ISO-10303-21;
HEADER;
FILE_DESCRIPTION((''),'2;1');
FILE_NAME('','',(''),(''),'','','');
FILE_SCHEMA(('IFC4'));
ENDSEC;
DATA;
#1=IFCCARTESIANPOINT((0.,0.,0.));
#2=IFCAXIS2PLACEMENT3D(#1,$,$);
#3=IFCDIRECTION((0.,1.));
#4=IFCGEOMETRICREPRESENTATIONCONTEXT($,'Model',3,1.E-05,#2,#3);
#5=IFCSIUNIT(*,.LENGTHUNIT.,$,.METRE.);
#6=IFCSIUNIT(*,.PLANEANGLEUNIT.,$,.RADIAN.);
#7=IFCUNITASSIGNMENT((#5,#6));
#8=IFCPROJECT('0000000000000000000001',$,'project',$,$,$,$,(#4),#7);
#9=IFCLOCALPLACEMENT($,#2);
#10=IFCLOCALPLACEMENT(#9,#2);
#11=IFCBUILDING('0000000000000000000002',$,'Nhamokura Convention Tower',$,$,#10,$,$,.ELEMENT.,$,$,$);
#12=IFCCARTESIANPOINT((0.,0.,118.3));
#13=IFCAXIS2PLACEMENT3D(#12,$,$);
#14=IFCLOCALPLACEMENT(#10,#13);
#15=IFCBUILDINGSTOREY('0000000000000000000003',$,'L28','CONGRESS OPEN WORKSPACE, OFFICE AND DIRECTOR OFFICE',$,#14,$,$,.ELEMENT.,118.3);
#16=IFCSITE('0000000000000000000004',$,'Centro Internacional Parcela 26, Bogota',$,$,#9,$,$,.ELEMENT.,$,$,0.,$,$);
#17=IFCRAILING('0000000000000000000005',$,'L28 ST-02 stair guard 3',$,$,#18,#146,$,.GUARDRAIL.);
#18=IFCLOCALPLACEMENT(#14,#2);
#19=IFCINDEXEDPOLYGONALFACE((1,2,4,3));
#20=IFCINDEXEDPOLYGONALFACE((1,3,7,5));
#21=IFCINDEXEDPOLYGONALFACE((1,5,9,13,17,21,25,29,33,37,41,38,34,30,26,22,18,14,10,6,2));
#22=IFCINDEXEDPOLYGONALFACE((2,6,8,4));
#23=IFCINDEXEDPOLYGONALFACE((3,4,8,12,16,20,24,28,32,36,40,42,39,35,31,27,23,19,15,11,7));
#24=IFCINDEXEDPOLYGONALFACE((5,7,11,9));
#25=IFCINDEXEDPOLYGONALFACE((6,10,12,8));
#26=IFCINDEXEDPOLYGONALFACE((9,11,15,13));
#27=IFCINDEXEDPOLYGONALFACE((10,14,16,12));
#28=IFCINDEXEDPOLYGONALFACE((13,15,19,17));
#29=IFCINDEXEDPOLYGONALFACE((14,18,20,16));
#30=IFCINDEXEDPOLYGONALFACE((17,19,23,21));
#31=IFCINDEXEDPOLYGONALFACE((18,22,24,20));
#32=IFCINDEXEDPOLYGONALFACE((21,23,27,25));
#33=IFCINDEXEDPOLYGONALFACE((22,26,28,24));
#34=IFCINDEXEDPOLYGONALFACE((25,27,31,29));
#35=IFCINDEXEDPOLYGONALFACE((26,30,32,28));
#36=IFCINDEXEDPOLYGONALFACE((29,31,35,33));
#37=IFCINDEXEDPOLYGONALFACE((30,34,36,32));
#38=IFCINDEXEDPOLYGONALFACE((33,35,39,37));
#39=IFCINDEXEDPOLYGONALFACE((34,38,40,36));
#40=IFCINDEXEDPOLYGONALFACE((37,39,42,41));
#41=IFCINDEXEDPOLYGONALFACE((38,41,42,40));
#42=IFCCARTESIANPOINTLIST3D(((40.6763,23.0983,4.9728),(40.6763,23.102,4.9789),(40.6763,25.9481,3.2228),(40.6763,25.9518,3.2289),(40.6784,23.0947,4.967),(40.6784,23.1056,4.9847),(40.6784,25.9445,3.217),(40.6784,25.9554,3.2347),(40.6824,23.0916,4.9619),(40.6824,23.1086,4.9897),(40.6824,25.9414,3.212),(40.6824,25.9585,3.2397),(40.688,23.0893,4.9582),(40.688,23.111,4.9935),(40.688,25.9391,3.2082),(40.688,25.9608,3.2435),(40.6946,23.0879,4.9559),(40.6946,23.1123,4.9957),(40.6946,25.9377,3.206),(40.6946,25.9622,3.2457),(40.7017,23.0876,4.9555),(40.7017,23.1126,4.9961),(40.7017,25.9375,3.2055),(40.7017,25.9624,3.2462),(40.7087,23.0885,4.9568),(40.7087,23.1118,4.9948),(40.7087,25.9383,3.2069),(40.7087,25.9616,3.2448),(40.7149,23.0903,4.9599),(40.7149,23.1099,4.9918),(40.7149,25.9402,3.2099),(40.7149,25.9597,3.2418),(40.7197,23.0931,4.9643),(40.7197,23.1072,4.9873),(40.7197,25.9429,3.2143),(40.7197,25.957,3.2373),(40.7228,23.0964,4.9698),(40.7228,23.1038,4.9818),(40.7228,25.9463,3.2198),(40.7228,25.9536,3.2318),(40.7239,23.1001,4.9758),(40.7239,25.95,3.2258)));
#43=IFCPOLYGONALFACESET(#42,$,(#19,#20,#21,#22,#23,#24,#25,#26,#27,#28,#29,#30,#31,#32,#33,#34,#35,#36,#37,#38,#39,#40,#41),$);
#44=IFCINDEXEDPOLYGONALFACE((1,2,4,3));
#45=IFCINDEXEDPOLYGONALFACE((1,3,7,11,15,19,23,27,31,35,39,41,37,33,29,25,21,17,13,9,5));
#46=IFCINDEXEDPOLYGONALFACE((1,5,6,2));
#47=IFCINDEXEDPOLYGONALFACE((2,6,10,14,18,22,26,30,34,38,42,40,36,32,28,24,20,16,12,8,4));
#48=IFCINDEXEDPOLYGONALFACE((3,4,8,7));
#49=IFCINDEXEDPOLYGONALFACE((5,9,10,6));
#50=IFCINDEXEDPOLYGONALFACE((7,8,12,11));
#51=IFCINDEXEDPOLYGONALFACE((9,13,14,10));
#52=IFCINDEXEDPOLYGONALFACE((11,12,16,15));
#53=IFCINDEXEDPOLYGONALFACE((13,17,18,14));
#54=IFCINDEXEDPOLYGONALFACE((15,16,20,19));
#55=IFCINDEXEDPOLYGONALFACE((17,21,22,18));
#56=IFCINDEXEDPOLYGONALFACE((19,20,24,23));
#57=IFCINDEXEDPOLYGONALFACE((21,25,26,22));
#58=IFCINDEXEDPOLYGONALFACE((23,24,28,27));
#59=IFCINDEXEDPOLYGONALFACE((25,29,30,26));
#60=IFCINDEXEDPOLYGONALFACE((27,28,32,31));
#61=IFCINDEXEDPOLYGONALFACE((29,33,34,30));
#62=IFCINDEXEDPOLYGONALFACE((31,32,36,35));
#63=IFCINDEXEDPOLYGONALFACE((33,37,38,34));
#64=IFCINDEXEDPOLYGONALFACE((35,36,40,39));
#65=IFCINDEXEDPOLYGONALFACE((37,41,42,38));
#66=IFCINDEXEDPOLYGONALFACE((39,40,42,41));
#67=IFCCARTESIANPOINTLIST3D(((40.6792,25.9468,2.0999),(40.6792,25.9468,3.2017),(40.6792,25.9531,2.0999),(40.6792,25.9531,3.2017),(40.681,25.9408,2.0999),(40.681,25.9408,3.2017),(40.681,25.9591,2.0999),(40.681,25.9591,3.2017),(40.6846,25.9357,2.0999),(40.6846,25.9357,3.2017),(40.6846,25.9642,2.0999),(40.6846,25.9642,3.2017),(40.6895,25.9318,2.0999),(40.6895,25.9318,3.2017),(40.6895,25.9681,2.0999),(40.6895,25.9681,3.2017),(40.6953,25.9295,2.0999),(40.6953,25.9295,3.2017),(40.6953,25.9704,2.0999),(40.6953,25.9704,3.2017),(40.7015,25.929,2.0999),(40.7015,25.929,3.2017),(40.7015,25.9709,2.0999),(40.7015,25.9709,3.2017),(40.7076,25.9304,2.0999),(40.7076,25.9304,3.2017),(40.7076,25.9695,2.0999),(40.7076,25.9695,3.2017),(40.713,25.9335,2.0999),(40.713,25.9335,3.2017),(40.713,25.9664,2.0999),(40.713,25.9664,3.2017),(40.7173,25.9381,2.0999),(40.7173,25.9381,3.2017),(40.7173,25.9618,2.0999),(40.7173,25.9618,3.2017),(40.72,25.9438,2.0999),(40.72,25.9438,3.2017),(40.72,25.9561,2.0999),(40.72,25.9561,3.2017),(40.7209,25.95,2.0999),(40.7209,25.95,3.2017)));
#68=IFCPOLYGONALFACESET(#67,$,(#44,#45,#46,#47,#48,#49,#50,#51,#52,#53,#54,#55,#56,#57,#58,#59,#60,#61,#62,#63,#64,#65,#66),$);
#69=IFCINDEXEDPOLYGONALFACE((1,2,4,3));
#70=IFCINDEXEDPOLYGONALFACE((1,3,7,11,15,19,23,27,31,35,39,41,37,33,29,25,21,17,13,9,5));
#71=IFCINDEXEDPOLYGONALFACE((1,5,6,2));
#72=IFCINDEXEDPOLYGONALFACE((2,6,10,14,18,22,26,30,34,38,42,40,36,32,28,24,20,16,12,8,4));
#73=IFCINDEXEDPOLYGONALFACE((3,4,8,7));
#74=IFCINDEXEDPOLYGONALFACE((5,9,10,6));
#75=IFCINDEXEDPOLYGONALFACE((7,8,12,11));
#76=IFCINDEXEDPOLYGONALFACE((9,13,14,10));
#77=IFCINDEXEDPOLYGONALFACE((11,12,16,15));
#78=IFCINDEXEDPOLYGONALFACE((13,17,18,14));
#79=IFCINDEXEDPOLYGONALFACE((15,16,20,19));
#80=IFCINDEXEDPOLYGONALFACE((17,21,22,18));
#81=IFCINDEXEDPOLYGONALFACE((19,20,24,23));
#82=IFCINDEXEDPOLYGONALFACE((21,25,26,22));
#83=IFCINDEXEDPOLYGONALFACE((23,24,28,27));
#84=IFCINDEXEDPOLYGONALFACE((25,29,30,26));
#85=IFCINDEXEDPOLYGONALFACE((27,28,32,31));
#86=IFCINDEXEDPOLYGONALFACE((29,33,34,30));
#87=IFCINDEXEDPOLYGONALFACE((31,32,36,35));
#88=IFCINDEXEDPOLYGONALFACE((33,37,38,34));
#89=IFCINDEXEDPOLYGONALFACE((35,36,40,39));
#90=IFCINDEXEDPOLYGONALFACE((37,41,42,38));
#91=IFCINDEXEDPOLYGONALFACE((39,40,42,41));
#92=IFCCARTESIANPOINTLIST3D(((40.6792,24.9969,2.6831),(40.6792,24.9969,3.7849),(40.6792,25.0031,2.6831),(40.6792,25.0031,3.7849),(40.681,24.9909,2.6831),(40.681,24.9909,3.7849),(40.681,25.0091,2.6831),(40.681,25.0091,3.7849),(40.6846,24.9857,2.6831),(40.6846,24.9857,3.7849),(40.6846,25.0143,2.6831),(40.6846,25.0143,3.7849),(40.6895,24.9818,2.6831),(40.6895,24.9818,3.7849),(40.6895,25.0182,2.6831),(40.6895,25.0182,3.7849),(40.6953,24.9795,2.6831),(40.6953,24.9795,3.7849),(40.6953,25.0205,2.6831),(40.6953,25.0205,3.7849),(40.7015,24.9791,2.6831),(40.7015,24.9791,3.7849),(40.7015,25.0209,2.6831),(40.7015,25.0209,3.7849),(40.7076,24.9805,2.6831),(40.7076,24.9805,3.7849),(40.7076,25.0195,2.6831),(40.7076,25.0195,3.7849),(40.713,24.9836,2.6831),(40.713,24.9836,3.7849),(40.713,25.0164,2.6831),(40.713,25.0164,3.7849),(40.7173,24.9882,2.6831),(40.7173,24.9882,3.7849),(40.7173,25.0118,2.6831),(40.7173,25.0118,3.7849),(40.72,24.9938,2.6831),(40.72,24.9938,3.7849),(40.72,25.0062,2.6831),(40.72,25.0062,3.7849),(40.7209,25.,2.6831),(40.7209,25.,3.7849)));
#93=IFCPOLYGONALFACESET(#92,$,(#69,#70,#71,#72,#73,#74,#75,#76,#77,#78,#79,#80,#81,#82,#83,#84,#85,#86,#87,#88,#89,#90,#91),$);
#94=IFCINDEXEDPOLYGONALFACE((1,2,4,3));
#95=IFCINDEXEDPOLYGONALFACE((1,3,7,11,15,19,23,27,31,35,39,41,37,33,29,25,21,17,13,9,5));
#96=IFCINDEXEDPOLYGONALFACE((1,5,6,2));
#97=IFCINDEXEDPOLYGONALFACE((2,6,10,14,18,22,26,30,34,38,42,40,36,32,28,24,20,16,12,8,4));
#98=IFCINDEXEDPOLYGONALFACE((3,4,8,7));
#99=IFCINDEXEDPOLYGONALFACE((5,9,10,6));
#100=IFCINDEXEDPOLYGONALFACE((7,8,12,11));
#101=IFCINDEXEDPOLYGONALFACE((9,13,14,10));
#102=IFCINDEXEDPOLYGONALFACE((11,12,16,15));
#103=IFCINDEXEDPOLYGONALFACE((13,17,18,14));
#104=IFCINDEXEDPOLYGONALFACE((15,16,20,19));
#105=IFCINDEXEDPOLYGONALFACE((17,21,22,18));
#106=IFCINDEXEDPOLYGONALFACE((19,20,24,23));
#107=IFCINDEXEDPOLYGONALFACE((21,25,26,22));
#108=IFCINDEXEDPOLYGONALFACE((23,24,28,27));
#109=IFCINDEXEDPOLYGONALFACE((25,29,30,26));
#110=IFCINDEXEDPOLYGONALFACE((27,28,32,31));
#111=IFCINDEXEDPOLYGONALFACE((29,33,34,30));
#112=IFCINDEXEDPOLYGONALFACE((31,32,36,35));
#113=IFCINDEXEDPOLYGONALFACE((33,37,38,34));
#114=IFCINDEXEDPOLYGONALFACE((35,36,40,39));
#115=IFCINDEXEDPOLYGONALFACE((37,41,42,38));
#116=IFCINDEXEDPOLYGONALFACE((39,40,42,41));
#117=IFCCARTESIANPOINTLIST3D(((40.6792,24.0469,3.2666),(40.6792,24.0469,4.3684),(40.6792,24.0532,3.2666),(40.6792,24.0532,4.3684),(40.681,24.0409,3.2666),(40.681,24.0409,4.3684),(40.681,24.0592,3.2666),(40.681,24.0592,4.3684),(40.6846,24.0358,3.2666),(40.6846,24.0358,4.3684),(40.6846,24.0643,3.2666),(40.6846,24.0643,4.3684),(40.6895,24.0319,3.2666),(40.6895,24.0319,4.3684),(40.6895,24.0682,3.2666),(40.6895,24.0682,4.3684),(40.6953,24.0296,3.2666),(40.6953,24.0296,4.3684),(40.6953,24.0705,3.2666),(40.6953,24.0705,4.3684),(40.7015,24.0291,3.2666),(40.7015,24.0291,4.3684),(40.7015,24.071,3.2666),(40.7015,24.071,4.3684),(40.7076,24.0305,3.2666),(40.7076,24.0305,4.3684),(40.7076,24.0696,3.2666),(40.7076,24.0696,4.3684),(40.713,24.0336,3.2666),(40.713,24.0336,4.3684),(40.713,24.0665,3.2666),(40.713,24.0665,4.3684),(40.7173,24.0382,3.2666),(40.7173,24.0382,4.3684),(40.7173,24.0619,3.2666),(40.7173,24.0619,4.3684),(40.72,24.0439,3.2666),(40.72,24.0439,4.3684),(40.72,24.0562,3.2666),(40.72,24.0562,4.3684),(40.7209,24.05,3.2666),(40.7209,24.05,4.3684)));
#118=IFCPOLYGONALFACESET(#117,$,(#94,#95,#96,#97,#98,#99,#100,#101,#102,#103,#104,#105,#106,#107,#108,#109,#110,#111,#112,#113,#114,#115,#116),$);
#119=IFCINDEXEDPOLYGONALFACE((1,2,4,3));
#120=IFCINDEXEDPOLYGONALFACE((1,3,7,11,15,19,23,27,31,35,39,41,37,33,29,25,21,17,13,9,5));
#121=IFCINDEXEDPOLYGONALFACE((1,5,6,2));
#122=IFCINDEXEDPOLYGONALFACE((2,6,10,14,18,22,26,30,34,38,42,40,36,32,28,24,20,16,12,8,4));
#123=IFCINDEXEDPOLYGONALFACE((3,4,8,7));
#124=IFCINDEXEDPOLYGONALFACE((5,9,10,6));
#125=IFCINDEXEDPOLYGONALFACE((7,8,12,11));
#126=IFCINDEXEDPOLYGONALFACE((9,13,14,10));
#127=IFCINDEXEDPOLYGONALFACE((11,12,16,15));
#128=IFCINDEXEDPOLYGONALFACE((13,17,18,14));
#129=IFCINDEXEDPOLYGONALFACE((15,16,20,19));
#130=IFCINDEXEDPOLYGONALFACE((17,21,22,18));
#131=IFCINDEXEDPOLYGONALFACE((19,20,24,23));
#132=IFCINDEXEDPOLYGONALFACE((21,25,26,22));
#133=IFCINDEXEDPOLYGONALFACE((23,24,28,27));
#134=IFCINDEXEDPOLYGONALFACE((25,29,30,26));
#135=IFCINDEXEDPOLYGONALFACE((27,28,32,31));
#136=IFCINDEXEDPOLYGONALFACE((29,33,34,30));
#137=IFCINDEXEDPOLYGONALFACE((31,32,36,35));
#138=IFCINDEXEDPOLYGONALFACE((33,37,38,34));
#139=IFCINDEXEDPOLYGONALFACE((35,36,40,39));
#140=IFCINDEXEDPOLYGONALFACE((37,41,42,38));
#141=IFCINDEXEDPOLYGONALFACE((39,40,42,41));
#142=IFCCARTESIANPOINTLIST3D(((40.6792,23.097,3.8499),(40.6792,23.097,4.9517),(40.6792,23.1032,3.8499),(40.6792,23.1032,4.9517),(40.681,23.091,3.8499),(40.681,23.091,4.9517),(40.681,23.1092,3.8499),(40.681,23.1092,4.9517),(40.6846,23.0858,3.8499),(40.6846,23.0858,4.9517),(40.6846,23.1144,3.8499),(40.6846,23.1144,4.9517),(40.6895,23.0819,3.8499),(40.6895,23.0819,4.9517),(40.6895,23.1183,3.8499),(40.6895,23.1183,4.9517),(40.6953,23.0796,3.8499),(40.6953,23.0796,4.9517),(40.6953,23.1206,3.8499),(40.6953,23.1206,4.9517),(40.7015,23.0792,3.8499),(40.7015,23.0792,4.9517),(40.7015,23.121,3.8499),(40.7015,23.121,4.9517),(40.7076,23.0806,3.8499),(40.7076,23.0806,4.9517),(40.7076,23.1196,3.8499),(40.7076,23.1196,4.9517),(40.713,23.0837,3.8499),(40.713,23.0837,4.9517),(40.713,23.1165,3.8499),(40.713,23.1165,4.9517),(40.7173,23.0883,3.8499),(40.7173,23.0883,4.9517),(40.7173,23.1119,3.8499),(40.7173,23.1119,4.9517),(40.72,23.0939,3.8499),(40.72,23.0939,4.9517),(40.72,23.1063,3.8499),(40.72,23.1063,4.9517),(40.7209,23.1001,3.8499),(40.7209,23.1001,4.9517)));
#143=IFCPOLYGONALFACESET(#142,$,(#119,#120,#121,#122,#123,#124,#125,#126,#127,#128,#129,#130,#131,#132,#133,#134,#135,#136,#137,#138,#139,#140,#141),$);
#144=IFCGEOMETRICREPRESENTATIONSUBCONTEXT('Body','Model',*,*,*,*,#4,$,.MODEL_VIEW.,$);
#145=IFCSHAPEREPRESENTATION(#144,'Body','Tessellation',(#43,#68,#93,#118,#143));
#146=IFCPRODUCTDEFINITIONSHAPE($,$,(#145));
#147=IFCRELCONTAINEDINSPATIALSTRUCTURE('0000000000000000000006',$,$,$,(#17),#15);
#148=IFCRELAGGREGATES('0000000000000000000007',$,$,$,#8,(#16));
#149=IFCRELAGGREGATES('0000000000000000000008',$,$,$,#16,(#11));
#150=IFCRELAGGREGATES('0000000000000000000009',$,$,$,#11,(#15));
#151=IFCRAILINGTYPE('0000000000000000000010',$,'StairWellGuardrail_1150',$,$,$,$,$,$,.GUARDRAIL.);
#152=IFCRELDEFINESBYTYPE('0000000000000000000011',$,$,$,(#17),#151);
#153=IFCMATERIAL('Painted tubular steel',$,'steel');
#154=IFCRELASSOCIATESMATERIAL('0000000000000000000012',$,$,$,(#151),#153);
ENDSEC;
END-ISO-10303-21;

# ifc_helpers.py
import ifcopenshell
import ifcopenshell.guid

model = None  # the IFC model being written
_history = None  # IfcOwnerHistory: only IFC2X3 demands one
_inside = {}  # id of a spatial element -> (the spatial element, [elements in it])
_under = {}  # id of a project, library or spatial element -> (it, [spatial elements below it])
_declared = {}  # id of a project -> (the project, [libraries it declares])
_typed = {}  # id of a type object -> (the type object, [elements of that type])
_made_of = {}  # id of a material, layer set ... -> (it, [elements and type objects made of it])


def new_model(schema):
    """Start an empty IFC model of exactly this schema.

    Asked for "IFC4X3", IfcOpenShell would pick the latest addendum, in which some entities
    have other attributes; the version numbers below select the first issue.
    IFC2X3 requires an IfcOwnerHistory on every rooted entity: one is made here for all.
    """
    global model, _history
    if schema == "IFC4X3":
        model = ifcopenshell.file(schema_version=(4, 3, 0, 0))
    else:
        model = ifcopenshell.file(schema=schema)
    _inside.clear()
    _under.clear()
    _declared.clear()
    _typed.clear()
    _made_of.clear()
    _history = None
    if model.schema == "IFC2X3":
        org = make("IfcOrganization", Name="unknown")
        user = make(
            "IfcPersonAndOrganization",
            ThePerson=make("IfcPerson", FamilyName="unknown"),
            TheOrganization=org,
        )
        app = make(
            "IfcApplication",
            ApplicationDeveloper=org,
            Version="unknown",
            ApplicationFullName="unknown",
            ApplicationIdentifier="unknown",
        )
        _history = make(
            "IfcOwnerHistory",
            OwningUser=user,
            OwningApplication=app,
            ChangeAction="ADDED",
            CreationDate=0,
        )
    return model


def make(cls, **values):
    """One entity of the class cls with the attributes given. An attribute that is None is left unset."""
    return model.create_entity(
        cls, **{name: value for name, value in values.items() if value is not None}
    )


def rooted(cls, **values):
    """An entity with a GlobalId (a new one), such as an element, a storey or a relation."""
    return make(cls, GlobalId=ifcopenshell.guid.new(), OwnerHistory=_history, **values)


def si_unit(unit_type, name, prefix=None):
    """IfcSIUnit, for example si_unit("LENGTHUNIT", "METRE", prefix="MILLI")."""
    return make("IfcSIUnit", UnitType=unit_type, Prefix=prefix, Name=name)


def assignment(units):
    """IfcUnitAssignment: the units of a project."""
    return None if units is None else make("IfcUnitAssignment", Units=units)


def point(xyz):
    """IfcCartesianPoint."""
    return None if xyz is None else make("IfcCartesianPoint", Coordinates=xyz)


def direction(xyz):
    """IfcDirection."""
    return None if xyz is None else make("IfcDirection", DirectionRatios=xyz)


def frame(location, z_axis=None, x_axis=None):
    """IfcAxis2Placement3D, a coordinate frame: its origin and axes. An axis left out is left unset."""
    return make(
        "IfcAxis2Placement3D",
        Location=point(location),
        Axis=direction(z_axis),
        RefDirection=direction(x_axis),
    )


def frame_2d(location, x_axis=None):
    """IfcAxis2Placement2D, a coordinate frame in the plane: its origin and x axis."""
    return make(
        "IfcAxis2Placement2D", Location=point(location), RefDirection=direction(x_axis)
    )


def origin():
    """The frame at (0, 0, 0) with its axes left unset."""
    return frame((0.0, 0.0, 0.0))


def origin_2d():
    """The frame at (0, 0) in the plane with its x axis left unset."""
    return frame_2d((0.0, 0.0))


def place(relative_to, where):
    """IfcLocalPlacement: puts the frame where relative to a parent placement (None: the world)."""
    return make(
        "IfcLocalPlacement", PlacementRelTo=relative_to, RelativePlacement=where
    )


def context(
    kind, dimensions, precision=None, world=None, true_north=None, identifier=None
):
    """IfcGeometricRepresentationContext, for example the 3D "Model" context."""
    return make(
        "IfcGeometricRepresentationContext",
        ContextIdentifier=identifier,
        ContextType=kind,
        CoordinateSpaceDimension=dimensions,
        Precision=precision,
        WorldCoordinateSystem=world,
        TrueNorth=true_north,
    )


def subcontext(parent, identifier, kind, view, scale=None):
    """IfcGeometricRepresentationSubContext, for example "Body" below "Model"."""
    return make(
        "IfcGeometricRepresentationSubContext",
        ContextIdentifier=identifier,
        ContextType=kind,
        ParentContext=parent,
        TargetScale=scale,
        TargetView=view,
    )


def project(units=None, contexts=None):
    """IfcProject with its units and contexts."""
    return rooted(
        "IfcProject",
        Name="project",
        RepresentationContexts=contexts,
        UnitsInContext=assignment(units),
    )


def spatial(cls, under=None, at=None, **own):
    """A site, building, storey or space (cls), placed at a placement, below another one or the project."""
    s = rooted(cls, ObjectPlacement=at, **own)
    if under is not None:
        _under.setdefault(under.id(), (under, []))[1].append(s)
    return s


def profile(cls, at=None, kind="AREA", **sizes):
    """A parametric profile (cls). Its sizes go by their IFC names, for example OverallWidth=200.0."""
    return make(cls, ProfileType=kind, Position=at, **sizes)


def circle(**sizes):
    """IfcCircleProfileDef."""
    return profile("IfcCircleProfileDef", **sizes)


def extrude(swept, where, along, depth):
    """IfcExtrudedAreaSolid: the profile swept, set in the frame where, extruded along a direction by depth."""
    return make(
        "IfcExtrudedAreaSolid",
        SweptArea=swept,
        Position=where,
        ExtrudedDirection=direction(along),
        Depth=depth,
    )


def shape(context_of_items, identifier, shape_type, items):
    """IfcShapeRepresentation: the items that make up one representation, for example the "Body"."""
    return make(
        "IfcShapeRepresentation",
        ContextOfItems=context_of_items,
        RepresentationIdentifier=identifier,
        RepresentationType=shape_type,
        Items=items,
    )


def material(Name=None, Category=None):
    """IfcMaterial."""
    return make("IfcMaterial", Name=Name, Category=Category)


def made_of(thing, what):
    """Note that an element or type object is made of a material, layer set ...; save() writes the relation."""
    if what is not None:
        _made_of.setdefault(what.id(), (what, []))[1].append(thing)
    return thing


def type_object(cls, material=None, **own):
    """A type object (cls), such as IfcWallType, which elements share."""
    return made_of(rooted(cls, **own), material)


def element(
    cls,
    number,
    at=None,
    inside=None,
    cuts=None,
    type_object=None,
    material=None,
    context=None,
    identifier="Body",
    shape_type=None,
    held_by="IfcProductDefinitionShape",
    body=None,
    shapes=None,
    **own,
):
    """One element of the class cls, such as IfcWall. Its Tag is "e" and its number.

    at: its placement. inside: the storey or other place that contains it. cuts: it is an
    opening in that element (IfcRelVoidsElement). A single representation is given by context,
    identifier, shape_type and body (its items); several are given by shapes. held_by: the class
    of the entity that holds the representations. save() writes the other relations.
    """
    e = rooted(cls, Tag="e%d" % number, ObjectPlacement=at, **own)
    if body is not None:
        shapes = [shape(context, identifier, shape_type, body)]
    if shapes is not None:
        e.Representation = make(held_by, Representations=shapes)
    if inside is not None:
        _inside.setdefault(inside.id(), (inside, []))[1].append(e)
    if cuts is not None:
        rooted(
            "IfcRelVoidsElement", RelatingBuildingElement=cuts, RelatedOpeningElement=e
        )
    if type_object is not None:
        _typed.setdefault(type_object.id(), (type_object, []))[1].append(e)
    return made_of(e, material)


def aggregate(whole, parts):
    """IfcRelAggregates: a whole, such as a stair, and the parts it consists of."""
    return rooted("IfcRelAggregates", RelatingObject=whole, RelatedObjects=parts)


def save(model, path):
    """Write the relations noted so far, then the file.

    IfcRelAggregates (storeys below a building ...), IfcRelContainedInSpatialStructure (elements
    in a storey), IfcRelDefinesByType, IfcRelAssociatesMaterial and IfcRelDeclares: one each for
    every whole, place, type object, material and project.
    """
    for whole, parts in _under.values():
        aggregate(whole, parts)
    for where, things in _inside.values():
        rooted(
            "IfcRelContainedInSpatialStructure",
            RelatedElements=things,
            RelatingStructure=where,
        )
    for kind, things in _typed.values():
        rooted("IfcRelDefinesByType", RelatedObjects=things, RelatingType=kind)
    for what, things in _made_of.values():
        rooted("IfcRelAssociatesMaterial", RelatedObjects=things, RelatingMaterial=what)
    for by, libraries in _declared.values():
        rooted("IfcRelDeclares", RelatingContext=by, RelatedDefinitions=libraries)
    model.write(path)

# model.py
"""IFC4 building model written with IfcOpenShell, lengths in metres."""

from ifc_helpers import new_model, si_unit, direction, frame, origin, origin_2d, place, context, subcontext, project, spatial, circle, extrude, material, type_object, element, save


model = new_model("IFC4")

# Units and contexts
model_context = context("Model", 3, precision=1e-05, world=origin(), true_north=direction((0.0, 1.0)))
body_context = subcontext(model_context, "Body", "Model", "MODEL_VIEW")
ifc_project = project(units=[si_unit("LENGTHUNIT", "METRE"), si_unit("PLANEANGLEUNIT", "RADIAN")], contexts=[model_context])

# Site, building, storey
site_placement = place(None, origin())
site = spatial("IfcSite", under=ifc_project, at=site_placement, Name="Centro Internacional Parcela 26, Bogota", CompositionType="ELEMENT", RefElevation=0.0)
building_placement = place(site_placement, origin())
building = spatial("IfcBuilding", under=site, at=building_placement, Name="Nhamokura Convention Tower", CompositionType="ELEMENT")
storey_placement = place(building_placement, frame((0.0, 0.0, 118.3)))
storey = spatial("IfcBuildingStorey", under=building, at=storey_placement, Name="L28", Description="CONGRESS OPEN WORKSPACE, OFFICE AND DIRECTOR OFFICE", CompositionType="ELEMENT", Elevation=118.3)

# Railing
ifc_material_1 = material(Name="Painted tubular steel", Category="steel")
railing_type_1 = type_object("IfcRailingType", Name="StairWellGuardrail_1150", PredefinedType="GUARDRAIL", material=ifc_material_1)
railing_1_placement = place(storey_placement, frame((40.7, 25.95, 2.0999)))
element("IfcRailing", 1, at=railing_1_placement, inside=storey, type_object=railing_type_1, Name="L28 ST-02 stair guard 3", PredefinedType="GUARDRAIL", context=body_context, shape_type="SweptSolid", body=[
    extrude(circle(Radius=0.0239, at=origin_2d()), frame((0.0, 0.0, 1.126), z_axis=(0.0, -0.852159, 0.523283), x_axis=(1.0, 0.0, 0.0)), (0.0, 0.0, 1.0), 3.3442),
    extrude(circle(Radius=0.021, at=origin_2d()), origin(), (0.0, 0.0, 1.0), 1.1018),
    extrude(circle(Radius=0.021, at=origin_2d()), frame((0.0, -0.95, 0.5833)), (0.0, 0.0, 1.0), 1.1018),
    extrude(circle(Radius=0.021, at=origin_2d()), frame((0.0, -1.8999, 1.1667)), (0.0, 0.0, 1.0), 1.1018),
    extrude(circle(Radius=0.021, at=origin_2d()), frame((0.0, -2.8499, 1.75)), (0.0, 0.0, 1.0), 1.1018),
])

save(model, "model.ifc")
